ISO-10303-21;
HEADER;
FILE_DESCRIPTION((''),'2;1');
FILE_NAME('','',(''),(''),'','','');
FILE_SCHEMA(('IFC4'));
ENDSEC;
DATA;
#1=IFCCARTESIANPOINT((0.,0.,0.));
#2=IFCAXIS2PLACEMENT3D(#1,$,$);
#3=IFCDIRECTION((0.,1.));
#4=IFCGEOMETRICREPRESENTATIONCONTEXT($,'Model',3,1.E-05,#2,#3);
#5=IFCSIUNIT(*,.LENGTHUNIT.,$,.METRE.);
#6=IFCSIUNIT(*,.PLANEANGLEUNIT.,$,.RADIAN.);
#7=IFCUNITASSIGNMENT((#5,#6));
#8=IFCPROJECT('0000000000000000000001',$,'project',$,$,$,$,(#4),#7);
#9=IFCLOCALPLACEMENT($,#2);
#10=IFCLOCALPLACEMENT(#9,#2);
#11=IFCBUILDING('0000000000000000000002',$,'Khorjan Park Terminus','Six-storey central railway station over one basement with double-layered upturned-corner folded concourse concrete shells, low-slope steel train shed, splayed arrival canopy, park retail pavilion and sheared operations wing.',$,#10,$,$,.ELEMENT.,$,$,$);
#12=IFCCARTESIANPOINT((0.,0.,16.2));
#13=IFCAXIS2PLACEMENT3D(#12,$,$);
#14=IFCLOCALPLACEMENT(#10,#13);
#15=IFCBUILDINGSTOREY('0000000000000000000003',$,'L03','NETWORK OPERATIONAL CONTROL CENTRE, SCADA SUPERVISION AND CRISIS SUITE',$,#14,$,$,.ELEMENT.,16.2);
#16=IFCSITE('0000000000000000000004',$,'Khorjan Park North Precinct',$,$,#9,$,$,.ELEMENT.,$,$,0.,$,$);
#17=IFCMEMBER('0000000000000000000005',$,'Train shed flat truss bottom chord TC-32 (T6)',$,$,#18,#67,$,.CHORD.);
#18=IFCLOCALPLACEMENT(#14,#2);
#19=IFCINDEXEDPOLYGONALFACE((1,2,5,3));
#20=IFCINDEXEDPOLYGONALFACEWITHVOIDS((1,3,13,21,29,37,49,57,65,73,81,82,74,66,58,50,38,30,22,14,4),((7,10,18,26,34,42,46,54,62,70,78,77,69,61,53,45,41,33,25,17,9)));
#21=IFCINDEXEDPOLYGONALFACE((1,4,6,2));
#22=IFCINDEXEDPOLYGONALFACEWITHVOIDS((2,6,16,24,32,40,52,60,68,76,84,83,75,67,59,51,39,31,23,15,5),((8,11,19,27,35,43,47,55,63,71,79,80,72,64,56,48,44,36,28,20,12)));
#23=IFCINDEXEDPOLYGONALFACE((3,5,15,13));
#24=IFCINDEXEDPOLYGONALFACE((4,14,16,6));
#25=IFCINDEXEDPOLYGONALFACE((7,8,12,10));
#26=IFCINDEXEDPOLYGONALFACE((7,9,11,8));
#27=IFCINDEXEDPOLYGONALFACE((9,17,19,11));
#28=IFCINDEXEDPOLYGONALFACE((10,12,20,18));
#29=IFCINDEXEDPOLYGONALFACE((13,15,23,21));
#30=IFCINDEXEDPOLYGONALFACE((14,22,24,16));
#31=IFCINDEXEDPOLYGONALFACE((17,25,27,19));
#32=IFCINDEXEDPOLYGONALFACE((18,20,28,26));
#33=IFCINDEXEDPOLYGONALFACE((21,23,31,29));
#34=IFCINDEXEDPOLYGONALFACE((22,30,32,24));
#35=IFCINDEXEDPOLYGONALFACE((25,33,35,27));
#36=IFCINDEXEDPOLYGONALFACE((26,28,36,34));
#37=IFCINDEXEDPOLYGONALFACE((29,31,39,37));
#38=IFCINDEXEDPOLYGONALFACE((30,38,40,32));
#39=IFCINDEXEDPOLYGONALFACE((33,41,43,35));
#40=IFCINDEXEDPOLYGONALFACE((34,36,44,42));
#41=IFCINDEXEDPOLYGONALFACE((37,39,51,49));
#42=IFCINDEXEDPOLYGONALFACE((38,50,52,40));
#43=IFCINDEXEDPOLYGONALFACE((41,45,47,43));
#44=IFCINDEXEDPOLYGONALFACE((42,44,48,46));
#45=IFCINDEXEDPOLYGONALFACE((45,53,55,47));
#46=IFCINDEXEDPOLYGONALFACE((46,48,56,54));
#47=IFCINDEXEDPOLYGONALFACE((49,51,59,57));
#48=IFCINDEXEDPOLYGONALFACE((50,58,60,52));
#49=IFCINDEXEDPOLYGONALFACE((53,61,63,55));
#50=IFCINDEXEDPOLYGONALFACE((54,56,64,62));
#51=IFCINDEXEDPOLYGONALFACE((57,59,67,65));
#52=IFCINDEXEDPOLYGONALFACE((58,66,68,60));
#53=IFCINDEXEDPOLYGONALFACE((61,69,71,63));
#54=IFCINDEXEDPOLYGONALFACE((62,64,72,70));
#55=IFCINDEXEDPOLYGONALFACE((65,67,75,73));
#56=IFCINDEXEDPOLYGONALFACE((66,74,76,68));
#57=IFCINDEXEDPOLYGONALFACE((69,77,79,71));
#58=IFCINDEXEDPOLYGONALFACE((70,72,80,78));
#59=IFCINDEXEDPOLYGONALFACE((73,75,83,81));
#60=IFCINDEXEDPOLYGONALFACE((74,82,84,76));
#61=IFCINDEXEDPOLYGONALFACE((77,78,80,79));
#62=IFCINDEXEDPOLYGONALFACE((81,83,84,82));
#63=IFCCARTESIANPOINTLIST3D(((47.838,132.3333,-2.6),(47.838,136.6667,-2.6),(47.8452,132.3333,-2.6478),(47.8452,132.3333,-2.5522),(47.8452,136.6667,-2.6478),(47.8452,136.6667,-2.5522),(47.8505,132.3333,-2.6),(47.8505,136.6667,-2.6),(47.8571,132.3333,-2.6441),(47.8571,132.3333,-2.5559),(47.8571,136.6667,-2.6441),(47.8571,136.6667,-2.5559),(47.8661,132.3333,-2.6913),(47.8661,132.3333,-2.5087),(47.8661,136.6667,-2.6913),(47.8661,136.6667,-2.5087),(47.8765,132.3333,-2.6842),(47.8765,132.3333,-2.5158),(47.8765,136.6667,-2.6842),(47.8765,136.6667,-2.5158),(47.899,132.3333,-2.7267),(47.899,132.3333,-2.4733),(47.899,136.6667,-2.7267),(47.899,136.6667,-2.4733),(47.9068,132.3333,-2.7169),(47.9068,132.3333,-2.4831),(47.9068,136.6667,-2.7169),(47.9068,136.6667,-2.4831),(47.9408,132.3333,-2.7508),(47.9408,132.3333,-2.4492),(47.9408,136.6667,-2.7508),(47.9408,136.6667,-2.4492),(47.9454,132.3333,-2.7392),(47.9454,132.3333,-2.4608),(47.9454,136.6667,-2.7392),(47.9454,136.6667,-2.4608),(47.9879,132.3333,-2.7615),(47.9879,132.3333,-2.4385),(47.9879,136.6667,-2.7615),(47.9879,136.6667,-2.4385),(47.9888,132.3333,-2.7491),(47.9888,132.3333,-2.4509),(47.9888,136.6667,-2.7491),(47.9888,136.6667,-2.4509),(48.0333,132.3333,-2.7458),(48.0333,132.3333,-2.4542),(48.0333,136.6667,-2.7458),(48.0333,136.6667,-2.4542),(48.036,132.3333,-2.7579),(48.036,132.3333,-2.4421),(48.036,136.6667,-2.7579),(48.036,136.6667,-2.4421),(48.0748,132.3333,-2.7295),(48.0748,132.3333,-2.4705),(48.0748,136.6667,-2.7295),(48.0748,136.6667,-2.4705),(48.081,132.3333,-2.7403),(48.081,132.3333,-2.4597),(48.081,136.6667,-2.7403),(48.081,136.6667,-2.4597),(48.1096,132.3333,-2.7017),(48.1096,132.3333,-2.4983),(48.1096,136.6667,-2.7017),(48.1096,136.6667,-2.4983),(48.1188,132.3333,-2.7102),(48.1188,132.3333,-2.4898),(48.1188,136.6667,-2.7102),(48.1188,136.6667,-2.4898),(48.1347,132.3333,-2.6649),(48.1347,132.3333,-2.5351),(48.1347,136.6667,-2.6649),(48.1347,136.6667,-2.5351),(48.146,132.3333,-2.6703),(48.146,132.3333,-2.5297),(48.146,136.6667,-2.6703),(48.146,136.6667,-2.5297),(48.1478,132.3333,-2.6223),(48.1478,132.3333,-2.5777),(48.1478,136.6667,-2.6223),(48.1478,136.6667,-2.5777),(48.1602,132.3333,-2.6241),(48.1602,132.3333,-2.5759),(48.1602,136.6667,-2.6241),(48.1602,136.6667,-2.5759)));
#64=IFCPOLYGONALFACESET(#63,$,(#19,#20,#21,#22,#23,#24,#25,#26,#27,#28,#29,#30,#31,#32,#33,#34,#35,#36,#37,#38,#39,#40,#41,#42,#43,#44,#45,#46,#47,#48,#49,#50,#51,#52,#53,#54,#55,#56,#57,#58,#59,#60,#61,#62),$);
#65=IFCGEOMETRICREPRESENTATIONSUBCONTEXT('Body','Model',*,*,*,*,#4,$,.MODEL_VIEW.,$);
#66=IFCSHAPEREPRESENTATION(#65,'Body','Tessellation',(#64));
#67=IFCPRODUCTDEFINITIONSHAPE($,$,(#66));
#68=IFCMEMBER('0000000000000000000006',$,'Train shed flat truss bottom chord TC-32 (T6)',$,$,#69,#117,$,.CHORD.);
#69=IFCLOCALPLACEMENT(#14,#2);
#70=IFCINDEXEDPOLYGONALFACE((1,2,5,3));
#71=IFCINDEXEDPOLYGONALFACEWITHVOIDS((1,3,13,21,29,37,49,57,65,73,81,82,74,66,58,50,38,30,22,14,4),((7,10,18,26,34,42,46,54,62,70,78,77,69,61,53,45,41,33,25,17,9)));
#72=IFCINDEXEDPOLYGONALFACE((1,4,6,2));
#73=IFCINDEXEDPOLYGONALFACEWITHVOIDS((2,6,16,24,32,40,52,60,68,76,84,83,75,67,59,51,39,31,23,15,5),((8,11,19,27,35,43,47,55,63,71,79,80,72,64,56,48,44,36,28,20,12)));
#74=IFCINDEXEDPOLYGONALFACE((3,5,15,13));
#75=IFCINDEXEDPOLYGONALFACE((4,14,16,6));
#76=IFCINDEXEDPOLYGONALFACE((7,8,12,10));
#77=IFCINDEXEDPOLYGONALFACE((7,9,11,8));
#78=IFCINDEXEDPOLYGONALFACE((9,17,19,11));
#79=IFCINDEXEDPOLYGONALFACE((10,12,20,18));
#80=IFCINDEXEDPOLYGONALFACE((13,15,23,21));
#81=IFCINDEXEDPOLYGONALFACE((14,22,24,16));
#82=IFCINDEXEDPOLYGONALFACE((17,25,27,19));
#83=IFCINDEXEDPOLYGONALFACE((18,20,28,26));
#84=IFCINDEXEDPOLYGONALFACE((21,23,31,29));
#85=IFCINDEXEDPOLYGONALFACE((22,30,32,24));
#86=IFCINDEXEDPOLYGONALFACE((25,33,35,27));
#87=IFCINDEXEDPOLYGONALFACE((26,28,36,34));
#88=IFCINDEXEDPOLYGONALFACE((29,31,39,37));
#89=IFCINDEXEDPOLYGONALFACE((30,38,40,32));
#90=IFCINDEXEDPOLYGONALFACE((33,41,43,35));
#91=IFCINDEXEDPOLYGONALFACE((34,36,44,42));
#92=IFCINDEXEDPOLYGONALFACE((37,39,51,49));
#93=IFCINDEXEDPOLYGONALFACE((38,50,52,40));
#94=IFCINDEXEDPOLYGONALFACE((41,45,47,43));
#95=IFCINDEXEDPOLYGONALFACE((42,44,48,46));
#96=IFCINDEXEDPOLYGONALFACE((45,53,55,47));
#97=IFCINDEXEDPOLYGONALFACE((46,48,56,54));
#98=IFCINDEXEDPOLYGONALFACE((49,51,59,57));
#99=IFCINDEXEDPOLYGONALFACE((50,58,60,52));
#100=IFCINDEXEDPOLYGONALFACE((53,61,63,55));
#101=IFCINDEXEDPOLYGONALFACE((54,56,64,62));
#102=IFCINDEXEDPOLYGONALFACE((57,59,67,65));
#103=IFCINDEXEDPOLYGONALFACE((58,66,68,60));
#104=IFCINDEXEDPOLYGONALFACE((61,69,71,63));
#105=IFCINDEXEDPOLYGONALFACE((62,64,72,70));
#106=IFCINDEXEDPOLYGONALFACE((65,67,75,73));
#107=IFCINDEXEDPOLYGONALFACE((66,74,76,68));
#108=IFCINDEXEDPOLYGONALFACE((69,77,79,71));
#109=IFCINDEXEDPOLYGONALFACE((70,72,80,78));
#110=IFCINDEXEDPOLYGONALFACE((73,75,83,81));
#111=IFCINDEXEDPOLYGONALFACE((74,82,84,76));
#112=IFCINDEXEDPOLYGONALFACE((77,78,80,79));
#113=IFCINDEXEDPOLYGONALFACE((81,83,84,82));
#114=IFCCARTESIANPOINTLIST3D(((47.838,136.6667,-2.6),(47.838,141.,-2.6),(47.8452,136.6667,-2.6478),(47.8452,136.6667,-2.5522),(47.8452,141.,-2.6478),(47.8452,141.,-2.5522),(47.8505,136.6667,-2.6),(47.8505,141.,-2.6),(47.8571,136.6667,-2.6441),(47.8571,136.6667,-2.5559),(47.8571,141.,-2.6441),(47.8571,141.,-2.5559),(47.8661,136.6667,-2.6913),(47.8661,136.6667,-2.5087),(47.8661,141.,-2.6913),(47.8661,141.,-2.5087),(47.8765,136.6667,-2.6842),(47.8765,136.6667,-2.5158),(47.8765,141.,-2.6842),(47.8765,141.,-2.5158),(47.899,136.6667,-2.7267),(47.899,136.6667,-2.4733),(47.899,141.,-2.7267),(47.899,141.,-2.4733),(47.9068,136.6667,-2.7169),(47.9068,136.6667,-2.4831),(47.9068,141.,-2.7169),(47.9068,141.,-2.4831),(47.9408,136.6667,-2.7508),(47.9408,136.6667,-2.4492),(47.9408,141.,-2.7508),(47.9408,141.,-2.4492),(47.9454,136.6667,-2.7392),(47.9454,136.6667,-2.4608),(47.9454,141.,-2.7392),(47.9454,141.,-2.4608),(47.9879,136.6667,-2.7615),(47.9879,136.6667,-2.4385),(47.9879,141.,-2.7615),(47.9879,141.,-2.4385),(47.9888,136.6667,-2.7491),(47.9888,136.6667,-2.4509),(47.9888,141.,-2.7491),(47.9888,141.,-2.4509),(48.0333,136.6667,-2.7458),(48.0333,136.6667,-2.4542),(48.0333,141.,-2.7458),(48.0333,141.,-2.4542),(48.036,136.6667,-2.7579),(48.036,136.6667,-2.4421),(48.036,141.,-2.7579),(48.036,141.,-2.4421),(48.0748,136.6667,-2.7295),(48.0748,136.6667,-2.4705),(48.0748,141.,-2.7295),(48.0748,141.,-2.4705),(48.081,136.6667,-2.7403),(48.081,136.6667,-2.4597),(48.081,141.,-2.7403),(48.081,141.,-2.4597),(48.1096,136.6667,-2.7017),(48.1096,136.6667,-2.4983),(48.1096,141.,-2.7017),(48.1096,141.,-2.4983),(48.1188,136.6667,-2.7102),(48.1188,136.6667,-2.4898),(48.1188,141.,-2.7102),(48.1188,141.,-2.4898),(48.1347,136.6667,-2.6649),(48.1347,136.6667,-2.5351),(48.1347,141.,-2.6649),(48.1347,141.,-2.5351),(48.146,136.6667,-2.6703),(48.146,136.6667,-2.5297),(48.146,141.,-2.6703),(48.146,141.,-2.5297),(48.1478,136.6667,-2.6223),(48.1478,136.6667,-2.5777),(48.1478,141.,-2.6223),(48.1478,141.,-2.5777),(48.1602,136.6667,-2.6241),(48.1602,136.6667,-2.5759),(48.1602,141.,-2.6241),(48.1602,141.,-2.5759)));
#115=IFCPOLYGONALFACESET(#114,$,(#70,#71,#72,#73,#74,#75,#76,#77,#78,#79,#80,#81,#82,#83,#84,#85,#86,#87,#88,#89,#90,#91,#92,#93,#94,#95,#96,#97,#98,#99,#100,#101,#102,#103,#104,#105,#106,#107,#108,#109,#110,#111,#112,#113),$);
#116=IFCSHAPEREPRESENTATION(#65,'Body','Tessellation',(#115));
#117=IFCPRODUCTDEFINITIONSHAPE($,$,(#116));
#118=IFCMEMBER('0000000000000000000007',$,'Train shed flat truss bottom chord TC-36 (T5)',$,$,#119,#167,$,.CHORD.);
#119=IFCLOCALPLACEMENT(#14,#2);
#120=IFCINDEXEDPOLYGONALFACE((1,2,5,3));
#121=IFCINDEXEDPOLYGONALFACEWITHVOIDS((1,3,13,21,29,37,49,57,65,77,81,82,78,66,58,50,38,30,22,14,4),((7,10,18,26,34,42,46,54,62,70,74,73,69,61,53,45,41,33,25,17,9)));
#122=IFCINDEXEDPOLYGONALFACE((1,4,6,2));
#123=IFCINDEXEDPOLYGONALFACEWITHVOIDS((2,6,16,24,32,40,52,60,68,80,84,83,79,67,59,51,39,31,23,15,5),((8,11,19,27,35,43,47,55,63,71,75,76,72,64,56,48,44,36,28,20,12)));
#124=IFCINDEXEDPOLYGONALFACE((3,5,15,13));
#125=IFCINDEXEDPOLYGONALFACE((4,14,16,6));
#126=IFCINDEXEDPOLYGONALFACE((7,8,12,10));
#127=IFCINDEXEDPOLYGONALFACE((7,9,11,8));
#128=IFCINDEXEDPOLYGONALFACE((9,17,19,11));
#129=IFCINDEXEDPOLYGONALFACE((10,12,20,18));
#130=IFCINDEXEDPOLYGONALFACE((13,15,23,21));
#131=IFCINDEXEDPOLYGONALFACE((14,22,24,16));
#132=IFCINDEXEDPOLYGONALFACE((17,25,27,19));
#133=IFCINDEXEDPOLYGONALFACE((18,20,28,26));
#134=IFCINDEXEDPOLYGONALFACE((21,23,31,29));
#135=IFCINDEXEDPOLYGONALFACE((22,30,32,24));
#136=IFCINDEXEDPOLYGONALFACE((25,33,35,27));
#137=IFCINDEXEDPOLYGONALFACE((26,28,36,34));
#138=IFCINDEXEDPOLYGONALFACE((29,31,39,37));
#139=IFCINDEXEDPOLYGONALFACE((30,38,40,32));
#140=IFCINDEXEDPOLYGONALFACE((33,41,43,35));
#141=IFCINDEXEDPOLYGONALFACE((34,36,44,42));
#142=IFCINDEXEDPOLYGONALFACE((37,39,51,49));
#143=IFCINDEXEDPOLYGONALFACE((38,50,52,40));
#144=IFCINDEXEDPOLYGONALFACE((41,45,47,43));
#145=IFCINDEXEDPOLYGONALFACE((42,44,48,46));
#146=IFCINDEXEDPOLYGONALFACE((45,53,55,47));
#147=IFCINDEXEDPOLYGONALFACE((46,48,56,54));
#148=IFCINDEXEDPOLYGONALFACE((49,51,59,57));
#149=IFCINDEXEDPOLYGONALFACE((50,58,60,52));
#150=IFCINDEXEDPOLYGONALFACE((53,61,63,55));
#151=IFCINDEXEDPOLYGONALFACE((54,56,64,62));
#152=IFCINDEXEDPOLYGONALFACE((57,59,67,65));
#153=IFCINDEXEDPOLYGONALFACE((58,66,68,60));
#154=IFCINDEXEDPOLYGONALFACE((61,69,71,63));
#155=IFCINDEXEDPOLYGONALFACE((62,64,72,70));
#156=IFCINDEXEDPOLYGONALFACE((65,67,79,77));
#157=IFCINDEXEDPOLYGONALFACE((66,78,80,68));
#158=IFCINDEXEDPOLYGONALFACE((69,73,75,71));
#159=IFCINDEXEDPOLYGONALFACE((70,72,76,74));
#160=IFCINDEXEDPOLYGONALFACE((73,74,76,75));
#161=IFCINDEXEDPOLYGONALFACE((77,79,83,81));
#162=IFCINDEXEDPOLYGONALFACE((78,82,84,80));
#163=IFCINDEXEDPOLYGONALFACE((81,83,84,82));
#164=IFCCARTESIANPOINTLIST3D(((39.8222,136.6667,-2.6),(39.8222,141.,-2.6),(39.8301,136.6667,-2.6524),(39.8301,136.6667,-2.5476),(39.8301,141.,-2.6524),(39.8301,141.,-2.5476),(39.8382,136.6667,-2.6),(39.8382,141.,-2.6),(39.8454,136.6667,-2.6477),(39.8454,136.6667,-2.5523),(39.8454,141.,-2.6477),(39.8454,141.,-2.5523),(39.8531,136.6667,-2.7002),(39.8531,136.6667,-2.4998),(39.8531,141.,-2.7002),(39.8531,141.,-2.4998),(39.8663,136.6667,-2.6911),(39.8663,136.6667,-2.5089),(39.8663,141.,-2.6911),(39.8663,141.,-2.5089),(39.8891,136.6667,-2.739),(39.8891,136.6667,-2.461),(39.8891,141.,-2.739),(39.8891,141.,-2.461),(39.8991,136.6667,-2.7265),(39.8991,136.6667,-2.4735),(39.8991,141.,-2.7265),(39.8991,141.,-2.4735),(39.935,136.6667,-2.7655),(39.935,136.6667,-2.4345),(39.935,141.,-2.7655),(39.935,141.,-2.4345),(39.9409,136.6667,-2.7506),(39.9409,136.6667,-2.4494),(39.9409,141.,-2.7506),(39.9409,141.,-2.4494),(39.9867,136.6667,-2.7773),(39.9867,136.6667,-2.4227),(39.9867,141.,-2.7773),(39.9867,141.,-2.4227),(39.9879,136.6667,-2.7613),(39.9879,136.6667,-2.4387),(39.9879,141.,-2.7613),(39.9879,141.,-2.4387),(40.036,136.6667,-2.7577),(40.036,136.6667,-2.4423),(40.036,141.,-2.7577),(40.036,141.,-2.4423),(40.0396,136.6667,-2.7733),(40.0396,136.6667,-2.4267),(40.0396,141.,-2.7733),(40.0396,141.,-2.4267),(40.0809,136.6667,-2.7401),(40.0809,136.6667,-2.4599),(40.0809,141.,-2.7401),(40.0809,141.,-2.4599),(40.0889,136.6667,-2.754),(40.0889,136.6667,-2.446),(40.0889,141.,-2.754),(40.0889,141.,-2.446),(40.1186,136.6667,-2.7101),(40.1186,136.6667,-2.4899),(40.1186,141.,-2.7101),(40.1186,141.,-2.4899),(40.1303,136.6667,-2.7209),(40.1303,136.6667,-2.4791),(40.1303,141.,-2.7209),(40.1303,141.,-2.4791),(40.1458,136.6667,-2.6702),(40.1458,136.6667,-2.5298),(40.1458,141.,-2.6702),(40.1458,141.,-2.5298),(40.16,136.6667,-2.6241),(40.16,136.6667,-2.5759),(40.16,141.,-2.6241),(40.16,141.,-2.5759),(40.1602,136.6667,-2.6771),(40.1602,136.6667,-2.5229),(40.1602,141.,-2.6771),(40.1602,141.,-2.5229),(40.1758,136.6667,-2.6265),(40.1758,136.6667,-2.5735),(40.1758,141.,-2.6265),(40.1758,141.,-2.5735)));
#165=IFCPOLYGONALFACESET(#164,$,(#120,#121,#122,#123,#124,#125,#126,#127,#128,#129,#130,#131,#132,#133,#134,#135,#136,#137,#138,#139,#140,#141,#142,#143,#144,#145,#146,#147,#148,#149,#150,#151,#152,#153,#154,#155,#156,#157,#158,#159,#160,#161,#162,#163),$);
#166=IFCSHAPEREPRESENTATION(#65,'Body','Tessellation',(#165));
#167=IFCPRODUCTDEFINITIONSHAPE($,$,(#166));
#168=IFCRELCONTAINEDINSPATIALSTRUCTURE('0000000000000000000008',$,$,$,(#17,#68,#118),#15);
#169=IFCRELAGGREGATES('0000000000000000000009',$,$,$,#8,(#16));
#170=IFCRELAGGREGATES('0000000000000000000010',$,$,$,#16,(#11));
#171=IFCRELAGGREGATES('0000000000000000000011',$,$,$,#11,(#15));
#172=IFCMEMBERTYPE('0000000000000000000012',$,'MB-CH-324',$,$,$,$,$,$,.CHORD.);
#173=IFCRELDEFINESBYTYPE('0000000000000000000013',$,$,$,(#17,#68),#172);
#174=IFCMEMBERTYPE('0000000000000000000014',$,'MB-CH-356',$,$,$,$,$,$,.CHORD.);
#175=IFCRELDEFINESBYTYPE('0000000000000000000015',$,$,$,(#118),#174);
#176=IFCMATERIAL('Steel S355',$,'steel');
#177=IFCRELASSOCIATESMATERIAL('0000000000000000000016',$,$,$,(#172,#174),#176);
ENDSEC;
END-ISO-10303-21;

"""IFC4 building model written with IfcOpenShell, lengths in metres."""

from ifc_helpers import new_model, si_unit, direction, frame, origin, origin_2d, place, context, subcontext, project, spatial, hollow_circle, extrude, material, material_profile, profile_set, type_object, element, save


model = new_model("IFC4")

# Units and contexts
model_context = context("Model", 3, precision=1e-05, world=origin(), true_north=direction((0.0, 1.0)))
body_context = subcontext(model_context, "Body", "Model", "MODEL_VIEW")
ifc_project = project(units=[si_unit("LENGTHUNIT", "METRE"), si_unit("PLANEANGLEUNIT", "RADIAN")], contexts=[model_context])

# Site, building, storey
site_placement = place(None, origin())
site = spatial("IfcSite", under=ifc_project, at=site_placement, Name="Khorjan Park North Precinct", CompositionType="ELEMENT", RefElevation=0.0)
building_placement = place(site_placement, origin())
building = spatial("IfcBuilding", under=site, at=building_placement, Name="Khorjan Park Terminus", Description="Six-storey central railway station over one basement with double-layered upturned-corner folded concourse concrete shells, low-slope steel train shed, splayed arrival canopy, park retail pavilion and sheared operations wing.", CompositionType="ELEMENT")
storey_placement = place(building_placement, frame((0.0, 0.0, 16.2)))
storey = spatial("IfcBuildingStorey", under=building, at=storey_placement, Name="L03", Description="NETWORK OPERATIONAL CONTROL CENTRE, SCADA SUPERVISION AND CRISIS SUITE", CompositionType="ELEMENT", Elevation=16.2)

# Members
ifc_material = material(Name="Steel S355", Category="steel")
ifc_material_profile_1 = material_profile(ifc_material, hollow_circle(Radius=0.162, WallThickness=0.0125, at=origin_2d()), Name="CHS 323.9x12.5")
ifc_profile_set_1 = profile_set([ifc_material_profile_1], Name="Steel S355")
member_type_1 = type_object("IfcMemberType", Name="MB-CH-324", PredefinedType="CHORD", material=ifc_profile_set_1)
member_1_placement = place(storey_placement, frame((48.0, 132.3333, -2.6), z_axis=(0.0, 1.0, 0.0), x_axis=(-1.0, 0.0, 0.0)))
element("IfcMember", 1, at=member_1_placement, inside=storey, type_object=member_type_1, Name="Train shed flat truss bottom chord TC-32 (T6)", PredefinedType="CHORD", context=body_context, shape_type="SweptSolid", body=[
    extrude(hollow_circle(Radius=0.162, WallThickness=0.0125, at=origin_2d()), origin(), (0.0, 0.0, 1.0), 4.3334),
])
member_2_placement = place(storey_placement, frame((48.0, 136.6667, -2.6), z_axis=(0.0, 1.0, 0.0), x_axis=(-1.0, 0.0, 0.0)))
element("IfcMember", 2, at=member_2_placement, inside=storey, type_object=member_type_1, Name="Train shed flat truss bottom chord TC-32 (T6)", PredefinedType="CHORD", context=body_context, shape_type="SweptSolid", body=[
    extrude(hollow_circle(Radius=0.162, WallThickness=0.0125, at=origin_2d()), origin(), (0.0, 0.0, 1.0), 4.3333),
])
ifc_material_profile_2 = material_profile(ifc_material, hollow_circle(Radius=0.1778, WallThickness=0.016, at=origin_2d()), Name="CHS 355.6x16")
ifc_profile_set_2 = profile_set([ifc_material_profile_2], Name="Steel S355")
member_type_2 = type_object("IfcMemberType", Name="MB-CH-356", PredefinedType="CHORD", material=ifc_profile_set_2)
member_3_placement = place(storey_placement, frame((40.0, 136.6667, -2.6), z_axis=(0.0, 1.0, 0.0), x_axis=(-1.0, 0.0, 0.0)))
element("IfcMember", 3, at=member_3_placement, inside=storey, type_object=member_type_2, Name="Train shed flat truss bottom chord TC-36 (T5)", PredefinedType="CHORD", context=body_context, shape_type="SweptSolid", body=[
    extrude(hollow_circle(Radius=0.1778, WallThickness=0.016, at=origin_2d()), origin(), (0.0, 0.0, 1.0), 4.3333),
])

save(model, "model.ifc")
